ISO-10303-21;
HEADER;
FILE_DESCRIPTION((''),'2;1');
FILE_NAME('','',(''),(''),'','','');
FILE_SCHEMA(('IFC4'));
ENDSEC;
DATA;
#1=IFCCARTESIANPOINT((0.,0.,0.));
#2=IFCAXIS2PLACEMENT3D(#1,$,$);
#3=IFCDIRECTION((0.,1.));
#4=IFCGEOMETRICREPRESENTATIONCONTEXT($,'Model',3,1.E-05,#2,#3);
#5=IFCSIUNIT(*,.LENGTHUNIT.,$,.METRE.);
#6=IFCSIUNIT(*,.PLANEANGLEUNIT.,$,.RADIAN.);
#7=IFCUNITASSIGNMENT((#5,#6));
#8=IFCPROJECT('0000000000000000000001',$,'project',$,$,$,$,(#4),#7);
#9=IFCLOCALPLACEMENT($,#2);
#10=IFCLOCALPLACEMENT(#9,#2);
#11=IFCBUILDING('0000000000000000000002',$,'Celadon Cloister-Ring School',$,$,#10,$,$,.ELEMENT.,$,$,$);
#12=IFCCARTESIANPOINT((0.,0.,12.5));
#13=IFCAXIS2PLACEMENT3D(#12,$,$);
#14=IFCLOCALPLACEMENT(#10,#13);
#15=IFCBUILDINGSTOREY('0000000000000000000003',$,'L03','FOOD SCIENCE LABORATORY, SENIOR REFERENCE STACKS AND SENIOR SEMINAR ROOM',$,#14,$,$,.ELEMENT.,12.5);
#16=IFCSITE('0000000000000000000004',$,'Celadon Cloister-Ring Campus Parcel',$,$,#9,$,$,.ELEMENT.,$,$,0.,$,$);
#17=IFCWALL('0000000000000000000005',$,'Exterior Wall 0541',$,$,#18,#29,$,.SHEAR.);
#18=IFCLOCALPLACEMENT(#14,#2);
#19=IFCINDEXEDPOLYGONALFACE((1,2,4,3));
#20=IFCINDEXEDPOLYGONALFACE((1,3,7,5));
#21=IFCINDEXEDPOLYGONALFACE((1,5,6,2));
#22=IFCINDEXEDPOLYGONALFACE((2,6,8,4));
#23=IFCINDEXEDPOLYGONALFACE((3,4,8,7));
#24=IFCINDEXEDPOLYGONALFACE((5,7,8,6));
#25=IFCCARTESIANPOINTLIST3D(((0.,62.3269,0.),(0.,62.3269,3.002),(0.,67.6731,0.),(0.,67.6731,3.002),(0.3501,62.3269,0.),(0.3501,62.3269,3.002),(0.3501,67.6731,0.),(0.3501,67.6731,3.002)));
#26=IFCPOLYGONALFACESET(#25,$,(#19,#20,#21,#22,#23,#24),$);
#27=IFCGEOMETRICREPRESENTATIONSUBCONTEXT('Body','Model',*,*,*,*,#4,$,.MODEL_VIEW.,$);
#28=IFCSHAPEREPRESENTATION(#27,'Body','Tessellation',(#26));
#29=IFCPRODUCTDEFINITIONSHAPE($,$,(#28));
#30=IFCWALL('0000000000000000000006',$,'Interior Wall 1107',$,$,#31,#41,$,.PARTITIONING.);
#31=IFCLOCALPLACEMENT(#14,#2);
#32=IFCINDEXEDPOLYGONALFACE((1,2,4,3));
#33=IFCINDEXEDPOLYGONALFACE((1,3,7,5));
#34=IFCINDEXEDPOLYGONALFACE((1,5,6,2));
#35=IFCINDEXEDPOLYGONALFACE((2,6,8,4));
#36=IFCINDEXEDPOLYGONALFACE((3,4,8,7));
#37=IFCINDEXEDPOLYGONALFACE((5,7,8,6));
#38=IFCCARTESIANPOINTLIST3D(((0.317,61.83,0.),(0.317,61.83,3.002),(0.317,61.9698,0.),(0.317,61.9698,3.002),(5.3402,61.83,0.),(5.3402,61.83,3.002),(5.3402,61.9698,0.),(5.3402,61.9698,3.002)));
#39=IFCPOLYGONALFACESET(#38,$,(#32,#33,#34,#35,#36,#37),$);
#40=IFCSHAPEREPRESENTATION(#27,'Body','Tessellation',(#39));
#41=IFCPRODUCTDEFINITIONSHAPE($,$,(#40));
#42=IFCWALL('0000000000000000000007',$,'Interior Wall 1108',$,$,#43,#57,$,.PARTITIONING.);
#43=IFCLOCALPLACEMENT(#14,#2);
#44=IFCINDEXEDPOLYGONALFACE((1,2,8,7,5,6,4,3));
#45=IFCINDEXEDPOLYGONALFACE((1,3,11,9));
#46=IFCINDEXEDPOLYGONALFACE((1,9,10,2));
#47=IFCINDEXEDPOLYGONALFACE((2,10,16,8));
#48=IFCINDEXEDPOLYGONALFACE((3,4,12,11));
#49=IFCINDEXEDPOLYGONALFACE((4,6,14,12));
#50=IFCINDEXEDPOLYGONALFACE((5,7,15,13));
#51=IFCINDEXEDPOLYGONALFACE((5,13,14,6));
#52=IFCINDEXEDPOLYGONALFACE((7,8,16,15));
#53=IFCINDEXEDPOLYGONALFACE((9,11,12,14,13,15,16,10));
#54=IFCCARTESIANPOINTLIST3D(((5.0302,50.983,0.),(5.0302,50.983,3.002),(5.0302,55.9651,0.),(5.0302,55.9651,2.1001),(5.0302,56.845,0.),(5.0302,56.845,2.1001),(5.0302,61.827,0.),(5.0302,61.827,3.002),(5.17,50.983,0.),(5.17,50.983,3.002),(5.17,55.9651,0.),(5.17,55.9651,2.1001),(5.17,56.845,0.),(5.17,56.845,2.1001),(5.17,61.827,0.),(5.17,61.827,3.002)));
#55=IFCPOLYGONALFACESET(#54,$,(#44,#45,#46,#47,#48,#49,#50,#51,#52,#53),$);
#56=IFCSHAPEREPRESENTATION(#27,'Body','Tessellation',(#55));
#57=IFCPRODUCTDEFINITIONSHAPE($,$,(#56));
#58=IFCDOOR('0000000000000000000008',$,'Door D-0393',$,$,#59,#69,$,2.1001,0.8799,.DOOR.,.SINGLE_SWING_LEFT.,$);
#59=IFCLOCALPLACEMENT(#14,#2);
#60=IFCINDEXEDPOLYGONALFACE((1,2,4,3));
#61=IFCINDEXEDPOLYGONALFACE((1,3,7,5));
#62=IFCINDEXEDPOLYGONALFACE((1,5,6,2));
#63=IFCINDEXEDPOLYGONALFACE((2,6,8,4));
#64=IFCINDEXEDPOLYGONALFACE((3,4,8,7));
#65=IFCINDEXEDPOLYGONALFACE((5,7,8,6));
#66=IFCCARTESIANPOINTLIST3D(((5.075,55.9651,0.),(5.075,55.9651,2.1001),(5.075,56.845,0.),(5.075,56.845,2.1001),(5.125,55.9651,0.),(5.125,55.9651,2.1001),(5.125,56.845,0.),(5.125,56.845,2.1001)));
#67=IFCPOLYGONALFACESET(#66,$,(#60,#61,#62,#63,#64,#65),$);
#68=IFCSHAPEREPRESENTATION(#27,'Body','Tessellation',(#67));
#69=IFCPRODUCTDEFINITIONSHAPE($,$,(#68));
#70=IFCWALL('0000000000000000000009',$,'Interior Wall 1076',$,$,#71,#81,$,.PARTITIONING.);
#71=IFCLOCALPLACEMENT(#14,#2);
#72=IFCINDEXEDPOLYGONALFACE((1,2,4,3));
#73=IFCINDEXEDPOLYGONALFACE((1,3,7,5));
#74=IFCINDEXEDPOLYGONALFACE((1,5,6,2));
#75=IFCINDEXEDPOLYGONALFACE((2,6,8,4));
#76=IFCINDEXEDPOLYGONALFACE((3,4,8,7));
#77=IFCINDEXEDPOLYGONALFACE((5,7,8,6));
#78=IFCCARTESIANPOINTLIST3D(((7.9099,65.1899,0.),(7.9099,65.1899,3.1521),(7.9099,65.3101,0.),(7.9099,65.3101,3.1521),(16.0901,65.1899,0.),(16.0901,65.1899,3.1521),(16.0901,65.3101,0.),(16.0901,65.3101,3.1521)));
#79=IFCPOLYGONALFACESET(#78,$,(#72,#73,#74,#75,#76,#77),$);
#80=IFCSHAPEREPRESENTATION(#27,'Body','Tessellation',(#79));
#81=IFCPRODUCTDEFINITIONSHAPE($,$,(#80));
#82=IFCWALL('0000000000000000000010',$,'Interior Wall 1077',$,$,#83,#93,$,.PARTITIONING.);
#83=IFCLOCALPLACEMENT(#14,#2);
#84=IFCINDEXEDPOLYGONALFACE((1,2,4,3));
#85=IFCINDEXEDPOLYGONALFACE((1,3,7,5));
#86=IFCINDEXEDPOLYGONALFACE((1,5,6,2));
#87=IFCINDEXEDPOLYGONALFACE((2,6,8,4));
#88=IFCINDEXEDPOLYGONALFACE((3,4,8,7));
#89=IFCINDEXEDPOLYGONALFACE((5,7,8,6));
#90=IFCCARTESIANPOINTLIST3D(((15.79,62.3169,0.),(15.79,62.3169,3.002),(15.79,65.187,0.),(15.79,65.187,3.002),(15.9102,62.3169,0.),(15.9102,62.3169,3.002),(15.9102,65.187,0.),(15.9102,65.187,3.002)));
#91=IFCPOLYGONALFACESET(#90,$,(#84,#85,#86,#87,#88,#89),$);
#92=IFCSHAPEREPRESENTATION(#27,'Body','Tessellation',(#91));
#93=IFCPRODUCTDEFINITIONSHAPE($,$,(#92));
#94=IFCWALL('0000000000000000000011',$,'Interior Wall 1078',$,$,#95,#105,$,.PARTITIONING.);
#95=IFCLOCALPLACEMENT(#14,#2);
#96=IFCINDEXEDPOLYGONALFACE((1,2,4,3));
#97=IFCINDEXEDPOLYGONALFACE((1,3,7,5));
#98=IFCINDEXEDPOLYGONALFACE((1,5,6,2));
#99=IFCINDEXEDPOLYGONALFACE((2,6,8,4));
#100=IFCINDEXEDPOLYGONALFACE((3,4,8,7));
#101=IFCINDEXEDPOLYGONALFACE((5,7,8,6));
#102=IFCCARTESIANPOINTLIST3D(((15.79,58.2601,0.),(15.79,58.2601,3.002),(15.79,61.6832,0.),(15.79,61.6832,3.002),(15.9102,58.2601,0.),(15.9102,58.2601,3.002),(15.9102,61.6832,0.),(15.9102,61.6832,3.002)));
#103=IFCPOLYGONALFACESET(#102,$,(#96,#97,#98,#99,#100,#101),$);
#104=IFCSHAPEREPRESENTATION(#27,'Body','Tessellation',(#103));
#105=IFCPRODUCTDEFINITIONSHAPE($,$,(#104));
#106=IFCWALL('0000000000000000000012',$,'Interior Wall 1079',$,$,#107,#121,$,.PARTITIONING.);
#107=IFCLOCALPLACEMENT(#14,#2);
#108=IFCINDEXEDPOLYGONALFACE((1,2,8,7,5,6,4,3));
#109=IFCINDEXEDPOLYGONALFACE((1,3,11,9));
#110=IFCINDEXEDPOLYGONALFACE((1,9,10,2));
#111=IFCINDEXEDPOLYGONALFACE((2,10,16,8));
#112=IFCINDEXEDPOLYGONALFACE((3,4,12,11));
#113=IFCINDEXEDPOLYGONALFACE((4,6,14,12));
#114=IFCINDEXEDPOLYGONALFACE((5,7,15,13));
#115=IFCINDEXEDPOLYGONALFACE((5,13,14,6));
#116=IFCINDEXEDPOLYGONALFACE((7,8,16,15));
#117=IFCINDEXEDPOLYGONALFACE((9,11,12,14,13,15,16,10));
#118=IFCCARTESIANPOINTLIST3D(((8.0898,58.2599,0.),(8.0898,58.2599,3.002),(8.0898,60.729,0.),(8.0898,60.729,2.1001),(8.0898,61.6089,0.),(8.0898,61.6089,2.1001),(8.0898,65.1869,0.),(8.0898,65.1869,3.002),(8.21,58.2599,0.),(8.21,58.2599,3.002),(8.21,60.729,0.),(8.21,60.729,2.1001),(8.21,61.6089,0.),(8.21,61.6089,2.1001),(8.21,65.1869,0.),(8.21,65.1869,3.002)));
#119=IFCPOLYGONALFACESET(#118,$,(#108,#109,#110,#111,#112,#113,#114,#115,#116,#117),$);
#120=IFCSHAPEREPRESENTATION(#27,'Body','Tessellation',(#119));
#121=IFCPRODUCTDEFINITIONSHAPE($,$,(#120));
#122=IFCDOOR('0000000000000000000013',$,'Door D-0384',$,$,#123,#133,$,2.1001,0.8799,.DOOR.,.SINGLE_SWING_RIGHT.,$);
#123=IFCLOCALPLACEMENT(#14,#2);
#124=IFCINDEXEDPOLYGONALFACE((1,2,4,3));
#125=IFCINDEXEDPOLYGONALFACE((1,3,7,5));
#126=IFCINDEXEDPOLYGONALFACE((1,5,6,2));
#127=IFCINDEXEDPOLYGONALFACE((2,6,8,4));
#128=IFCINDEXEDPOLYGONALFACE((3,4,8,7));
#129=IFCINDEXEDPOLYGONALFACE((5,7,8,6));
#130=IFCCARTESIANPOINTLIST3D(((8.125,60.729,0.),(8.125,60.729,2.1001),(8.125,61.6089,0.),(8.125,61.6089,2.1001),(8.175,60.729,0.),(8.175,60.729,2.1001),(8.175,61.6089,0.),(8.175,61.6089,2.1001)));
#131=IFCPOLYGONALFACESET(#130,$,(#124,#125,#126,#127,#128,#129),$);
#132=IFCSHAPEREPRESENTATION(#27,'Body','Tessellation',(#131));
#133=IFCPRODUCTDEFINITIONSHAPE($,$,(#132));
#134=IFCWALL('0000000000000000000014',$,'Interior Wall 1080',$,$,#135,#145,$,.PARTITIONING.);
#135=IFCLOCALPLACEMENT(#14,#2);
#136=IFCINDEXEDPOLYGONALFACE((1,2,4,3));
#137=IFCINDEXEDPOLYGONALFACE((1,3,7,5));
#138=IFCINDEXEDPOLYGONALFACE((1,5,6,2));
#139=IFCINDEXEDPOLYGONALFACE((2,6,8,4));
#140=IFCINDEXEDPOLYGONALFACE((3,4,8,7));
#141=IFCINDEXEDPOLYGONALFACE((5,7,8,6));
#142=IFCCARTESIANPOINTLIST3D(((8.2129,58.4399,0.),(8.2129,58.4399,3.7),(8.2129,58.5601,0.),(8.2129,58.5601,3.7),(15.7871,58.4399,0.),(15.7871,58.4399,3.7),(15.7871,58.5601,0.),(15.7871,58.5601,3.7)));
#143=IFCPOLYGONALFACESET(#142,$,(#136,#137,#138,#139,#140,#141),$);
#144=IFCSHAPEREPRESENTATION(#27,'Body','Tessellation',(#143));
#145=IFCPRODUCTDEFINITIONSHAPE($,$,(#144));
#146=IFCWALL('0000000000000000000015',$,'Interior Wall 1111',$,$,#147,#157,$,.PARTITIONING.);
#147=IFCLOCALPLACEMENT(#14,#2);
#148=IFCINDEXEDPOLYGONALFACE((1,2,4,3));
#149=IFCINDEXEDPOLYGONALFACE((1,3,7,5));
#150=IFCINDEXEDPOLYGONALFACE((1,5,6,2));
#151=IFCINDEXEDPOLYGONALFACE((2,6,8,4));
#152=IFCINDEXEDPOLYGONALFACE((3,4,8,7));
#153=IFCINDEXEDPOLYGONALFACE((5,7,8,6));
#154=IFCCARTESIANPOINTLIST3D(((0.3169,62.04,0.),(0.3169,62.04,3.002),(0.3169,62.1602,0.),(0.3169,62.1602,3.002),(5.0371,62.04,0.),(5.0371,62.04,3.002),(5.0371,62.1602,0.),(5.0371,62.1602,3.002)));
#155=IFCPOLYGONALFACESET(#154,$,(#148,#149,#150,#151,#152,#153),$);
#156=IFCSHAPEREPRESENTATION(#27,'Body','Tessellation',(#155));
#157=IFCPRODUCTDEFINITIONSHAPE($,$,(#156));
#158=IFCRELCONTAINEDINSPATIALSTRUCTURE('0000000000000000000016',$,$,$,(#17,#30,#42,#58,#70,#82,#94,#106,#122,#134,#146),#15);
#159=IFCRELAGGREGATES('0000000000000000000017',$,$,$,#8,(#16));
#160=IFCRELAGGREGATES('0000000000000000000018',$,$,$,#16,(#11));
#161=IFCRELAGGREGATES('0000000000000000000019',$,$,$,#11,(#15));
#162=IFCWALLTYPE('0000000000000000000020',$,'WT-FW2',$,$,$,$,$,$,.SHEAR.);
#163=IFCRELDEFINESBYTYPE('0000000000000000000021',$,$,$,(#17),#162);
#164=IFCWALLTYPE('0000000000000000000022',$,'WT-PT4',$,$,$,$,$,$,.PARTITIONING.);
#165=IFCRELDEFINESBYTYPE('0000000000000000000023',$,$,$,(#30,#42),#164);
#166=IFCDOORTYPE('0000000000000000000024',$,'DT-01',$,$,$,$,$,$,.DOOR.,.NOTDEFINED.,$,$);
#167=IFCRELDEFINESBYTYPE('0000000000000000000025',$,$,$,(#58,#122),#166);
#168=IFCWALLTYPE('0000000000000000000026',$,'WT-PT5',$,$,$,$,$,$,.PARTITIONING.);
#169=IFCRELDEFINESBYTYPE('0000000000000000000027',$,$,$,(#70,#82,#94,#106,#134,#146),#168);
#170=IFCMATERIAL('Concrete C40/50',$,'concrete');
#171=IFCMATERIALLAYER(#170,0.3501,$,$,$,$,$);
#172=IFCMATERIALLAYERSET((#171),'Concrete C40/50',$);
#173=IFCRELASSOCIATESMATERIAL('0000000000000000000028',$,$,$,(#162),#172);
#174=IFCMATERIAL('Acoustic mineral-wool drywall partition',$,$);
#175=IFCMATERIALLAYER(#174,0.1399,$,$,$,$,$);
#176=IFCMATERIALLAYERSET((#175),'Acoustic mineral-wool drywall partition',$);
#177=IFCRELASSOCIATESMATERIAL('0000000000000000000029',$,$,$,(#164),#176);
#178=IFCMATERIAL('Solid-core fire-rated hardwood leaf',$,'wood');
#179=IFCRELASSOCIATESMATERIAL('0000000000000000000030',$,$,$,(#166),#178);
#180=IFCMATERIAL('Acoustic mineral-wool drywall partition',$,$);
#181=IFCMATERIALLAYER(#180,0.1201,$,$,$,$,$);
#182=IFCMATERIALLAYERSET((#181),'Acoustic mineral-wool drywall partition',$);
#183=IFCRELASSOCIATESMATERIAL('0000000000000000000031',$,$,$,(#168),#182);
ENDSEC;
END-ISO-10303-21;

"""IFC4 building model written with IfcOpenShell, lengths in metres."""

from ifc_helpers import new_model, si_unit, direction, frame, frame_2d, origin, place, context, subcontext, project, spatial, rectangle, extrude, material, layer, layer_set, type_object, element, fill, save


model = new_model("IFC4")

# Units and contexts
model_context = context("Model", 3, precision=1e-05, world=origin(), true_north=direction((0.0, 1.0)))
body_context = subcontext(model_context, "Body", "Model", "MODEL_VIEW")
ifc_project = project(units=[si_unit("LENGTHUNIT", "METRE"), si_unit("PLANEANGLEUNIT", "RADIAN")], contexts=[model_context])

# Site, building, storey
site_placement = place(None, origin())
site = spatial("IfcSite", under=ifc_project, at=site_placement, Name="Celadon Cloister-Ring Campus Parcel", CompositionType="ELEMENT", RefElevation=0.0)
building_placement = place(site_placement, origin())
building = spatial("IfcBuilding", under=site, at=building_placement, Name="Celadon Cloister-Ring School", CompositionType="ELEMENT")
storey_placement = place(building_placement, frame((0.0, 0.0, 12.5)))
storey = spatial("IfcBuildingStorey", under=building, at=storey_placement, Name="L03", Description="FOOD SCIENCE LABORATORY, SENIOR REFERENCE STACKS AND SENIOR SEMINAR ROOM", CompositionType="ELEMENT", Elevation=12.5)

# Walls
ifc_material_1 = material(Name="Concrete C40/50", Category="concrete")
ifc_layer_1 = layer(ifc_material_1, 0.3501)
ifc_layer_set_1 = layer_set([ifc_layer_1], Name="Concrete C40/50")
wall_type_1 = type_object("IfcWallType", Name="WT-FW2", PredefinedType="SHEAR", material=ifc_layer_set_1)
for number, where, z_axis, x_axis, name in (
    (1, (0.175, 62.3269, 0.0), (0.0, 0.0, 1.0), (0.0, 1.0, 0.0), "Exterior Wall 0541"),
):
    element("IfcWall", number, at=place(storey_placement, frame(where, z_axis=z_axis, x_axis=x_axis)), inside=storey, type_object=wall_type_1, Name=name, PredefinedType="SHEAR", context=body_context, shape_type="SweptSolid", body=[
        extrude(rectangle(XDim=5.3462, YDim=0.3501, at=frame_2d((2.6731, 0.0))), origin(), (0.0, 0.0, 1.0), 3.002),
    ])
ifc_material_2 = material(Name="Acoustic mineral-wool drywall partition")
ifc_layer_2 = layer(ifc_material_2, 0.1399)
ifc_layer_set_2 = layer_set([ifc_layer_2], Name="Acoustic mineral-wool drywall partition")
wall_type_2 = type_object("IfcWallType", Name="WT-PT4", PredefinedType="PARTITIONING", material=ifc_layer_set_2)
wall_1_placement = place(storey_placement, frame((0.3169, 61.8999, 0.0), z_axis=(0.0, 0.0, 1.0), x_axis=(1.0, 0.0, 0.0)))
element("IfcWall", 2, at=wall_1_placement, inside=storey, type_object=wall_type_2, Name="Interior Wall 1107", PredefinedType="PARTITIONING", context=body_context, shape_type="SweptSolid", body=[
    extrude(rectangle(XDim=5.0232, YDim=0.1399, at=frame_2d((2.5117, 0.0))), origin(), (0.0, 0.0, 1.0), 3.002),
])

# Wall, opening, door
wall_2_placement = place(storey_placement, frame((5.1001, 61.8269, 0.0), z_axis=(0.0, 0.0, 1.0), x_axis=(0.0, -1.0, 0.0)))
wall_2 = element("IfcWall", 3, at=wall_2_placement, inside=storey, type_object=wall_type_2, Name="Interior Wall 1108", PredefinedType="PARTITIONING", context=body_context, shape_type="SweptSolid", body=[
    extrude(rectangle(XDim=10.844, YDim=0.1399, at=frame_2d((5.4219, 0.0))), origin(), (0.0, 0.0, 1.0), 3.002),
])
opening_1_placement = place(wall_2_placement, frame((4.9819, 0.0, 0.0)))
opening_1 = element("IfcOpeningElement", 4, at=opening_1_placement, cuts=wall_2, PredefinedType="OPENING", context=body_context, shape_type="SweptSolid", body=[
    extrude(rectangle(XDim=0.8799, YDim=2.1001, at=frame_2d((0.4399, 1.05))), frame((0.0, 0.0801, 0.0), z_axis=(0.0, -1.0, 0.0), x_axis=(1.0, 0.0, 0.0)), (0.0, 0.0, 1.0), 0.1599),
])
ifc_material_3 = material(Name="Solid-core fire-rated hardwood leaf", Category="wood")
door_type = type_object("IfcDoorType", Name="DT-01", OperationType="NOTDEFINED", PredefinedType="DOOR", material=ifc_material_3)
door_1_placement = place(opening_1_placement, origin())
door_1 = element("IfcDoor", 5, at=door_1_placement, inside=storey, type_object=door_type, Name="Door D-0393", OperationType="SINGLE_SWING_LEFT", OverallHeight=2.1001, OverallWidth=0.8799, PredefinedType="DOOR", context=body_context, shape_type="SweptSolid", body=[
    extrude(rectangle(XDim=0.8799, YDim=2.1001, at=frame_2d((0.4399, 1.05))), frame((0.0, 0.0249, 0.0), z_axis=(0.0, -1.0, 0.0), x_axis=(1.0, 0.0, 0.0)), (0.0, 0.0, 1.0), 0.05),
])
fill(opening_1, door_1)

# Walls
ifc_material_4 = material(Name="Acoustic mineral-wool drywall partition")
ifc_layer_3 = layer(ifc_material_4, 0.1201)
ifc_layer_set_3 = layer_set([ifc_layer_3], Name="Acoustic mineral-wool drywall partition")
wall_type_3 = type_object("IfcWallType", Name="WT-PT5", PredefinedType="PARTITIONING", material=ifc_layer_set_3)
wall_3_placement = place(storey_placement, frame((7.9099, 65.25, 0.0), z_axis=(0.0, 0.0, 1.0), x_axis=(1.0, 0.0, 0.0)))
element("IfcWall", 6, at=wall_3_placement, inside=storey, type_object=wall_type_3, Name="Interior Wall 1076", PredefinedType="PARTITIONING", context=body_context, shape_type="SweptSolid", body=[
    extrude(rectangle(XDim=8.1802, YDim=0.1201, at=frame_2d((4.0901, 0.0))), origin(), (0.0, 0.0, 1.0), 3.1521),
])
wall_4_placement = place(storey_placement, frame((15.8501, 65.187, 0.0), z_axis=(0.0, 0.0, 1.0), x_axis=(0.0, -1.0, 0.0)))
element("IfcWall", 7, at=wall_4_placement, inside=storey, type_object=wall_type_3, Name="Interior Wall 1077", PredefinedType="PARTITIONING", context=body_context, shape_type="SweptSolid", body=[
    extrude(rectangle(XDim=2.8701, YDim=0.1201, at=frame_2d((1.4351, 0.0))), origin(), (0.0, 0.0, 1.0), 3.002),
])
wall_5_placement = place(storey_placement, frame((15.8501, 61.6831, 0.0), z_axis=(0.0, 0.0, 1.0), x_axis=(0.0, -1.0, 0.0)))
element("IfcWall", 8, at=wall_5_placement, inside=storey, type_object=wall_type_3, Name="Interior Wall 1078", PredefinedType="PARTITIONING", context=body_context, shape_type="SweptSolid", body=[
    extrude(rectangle(XDim=3.4231, YDim=0.1201, at=frame_2d((1.7114, 0.0))), origin(), (0.0, 0.0, 1.0), 3.002),
])

# Wall, opening, door
wall_6_placement = place(storey_placement, frame((8.1499, 58.26, 0.0), z_axis=(0.0, 0.0, 1.0), x_axis=(0.0, 1.0, 0.0)))
wall_6 = element("IfcWall", 9, at=wall_6_placement, inside=storey, type_object=wall_type_3, Name="Interior Wall 1079", PredefinedType="PARTITIONING", context=body_context, shape_type="SweptSolid", body=[
    extrude(rectangle(XDim=6.927, YDim=0.1201, at=frame_2d((3.4634, 0.0))), origin(), (0.0, 0.0, 1.0), 3.002),
])
opening_2_placement = place(wall_6_placement, frame((2.469, 0.0, 0.0)))
opening_2 = element("IfcOpeningElement", 10, at=opening_2_placement, cuts=wall_6, PredefinedType="OPENING", context=body_context, shape_type="SweptSolid", body=[
    extrude(rectangle(XDim=0.8799, YDim=2.1001, at=frame_2d((0.4399, 1.05))), frame((0.0, 0.0701, 0.0), z_axis=(0.0, -1.0, 0.0), x_axis=(1.0, 0.0, 0.0)), (0.0, 0.0, 1.0), 0.1401),
])
door_2_placement = place(opening_2_placement, origin())
door_2 = element("IfcDoor", 11, at=door_2_placement, inside=storey, type_object=door_type, Name="Door D-0384", OperationType="SINGLE_SWING_RIGHT", OverallHeight=2.1001, OverallWidth=0.8799, PredefinedType="DOOR", context=body_context, shape_type="SweptSolid", body=[
    extrude(rectangle(XDim=0.8799, YDim=2.1001, at=frame_2d((0.4399, 1.05))), frame((0.0, 0.0249, 0.0), z_axis=(0.0, -1.0, 0.0), x_axis=(1.0, 0.0, 0.0)), (0.0, 0.0, 1.0), 0.05),
])
fill(opening_2, door_2)

# Walls
wall_7_placement = place(storey_placement, frame((15.7871, 58.5, 0.0), z_axis=(0.0, 0.0, 1.0), x_axis=(-1.0, 0.0, 0.0)))
element("IfcWall", 12, at=wall_7_placement, inside=storey, type_object=wall_type_3, Name="Interior Wall 1080", PredefinedType="PARTITIONING", context=body_context, shape_type="SweptSolid", body=[
    extrude(rectangle(XDim=7.5742, YDim=0.1201, at=frame_2d((3.7871, 0.0))), origin(), (0.0, 0.0, 1.0), 3.7),
])
wall_8_placement = place(storey_placement, frame((5.0371, 62.1001, 0.0), z_axis=(0.0, 0.0, 1.0), x_axis=(-1.0, 0.0, 0.0)))
element("IfcWall", 13, at=wall_8_placement, inside=storey, type_object=wall_type_3, Name="Interior Wall 1111", PredefinedType="PARTITIONING", context=body_context, shape_type="SweptSolid", body=[
    extrude(rectangle(XDim=4.7202, YDim=0.1201, at=frame_2d((2.3601, 0.0))), origin(), (0.0, 0.0, 1.0), 3.002),
])

save(model, "model.ifc")
